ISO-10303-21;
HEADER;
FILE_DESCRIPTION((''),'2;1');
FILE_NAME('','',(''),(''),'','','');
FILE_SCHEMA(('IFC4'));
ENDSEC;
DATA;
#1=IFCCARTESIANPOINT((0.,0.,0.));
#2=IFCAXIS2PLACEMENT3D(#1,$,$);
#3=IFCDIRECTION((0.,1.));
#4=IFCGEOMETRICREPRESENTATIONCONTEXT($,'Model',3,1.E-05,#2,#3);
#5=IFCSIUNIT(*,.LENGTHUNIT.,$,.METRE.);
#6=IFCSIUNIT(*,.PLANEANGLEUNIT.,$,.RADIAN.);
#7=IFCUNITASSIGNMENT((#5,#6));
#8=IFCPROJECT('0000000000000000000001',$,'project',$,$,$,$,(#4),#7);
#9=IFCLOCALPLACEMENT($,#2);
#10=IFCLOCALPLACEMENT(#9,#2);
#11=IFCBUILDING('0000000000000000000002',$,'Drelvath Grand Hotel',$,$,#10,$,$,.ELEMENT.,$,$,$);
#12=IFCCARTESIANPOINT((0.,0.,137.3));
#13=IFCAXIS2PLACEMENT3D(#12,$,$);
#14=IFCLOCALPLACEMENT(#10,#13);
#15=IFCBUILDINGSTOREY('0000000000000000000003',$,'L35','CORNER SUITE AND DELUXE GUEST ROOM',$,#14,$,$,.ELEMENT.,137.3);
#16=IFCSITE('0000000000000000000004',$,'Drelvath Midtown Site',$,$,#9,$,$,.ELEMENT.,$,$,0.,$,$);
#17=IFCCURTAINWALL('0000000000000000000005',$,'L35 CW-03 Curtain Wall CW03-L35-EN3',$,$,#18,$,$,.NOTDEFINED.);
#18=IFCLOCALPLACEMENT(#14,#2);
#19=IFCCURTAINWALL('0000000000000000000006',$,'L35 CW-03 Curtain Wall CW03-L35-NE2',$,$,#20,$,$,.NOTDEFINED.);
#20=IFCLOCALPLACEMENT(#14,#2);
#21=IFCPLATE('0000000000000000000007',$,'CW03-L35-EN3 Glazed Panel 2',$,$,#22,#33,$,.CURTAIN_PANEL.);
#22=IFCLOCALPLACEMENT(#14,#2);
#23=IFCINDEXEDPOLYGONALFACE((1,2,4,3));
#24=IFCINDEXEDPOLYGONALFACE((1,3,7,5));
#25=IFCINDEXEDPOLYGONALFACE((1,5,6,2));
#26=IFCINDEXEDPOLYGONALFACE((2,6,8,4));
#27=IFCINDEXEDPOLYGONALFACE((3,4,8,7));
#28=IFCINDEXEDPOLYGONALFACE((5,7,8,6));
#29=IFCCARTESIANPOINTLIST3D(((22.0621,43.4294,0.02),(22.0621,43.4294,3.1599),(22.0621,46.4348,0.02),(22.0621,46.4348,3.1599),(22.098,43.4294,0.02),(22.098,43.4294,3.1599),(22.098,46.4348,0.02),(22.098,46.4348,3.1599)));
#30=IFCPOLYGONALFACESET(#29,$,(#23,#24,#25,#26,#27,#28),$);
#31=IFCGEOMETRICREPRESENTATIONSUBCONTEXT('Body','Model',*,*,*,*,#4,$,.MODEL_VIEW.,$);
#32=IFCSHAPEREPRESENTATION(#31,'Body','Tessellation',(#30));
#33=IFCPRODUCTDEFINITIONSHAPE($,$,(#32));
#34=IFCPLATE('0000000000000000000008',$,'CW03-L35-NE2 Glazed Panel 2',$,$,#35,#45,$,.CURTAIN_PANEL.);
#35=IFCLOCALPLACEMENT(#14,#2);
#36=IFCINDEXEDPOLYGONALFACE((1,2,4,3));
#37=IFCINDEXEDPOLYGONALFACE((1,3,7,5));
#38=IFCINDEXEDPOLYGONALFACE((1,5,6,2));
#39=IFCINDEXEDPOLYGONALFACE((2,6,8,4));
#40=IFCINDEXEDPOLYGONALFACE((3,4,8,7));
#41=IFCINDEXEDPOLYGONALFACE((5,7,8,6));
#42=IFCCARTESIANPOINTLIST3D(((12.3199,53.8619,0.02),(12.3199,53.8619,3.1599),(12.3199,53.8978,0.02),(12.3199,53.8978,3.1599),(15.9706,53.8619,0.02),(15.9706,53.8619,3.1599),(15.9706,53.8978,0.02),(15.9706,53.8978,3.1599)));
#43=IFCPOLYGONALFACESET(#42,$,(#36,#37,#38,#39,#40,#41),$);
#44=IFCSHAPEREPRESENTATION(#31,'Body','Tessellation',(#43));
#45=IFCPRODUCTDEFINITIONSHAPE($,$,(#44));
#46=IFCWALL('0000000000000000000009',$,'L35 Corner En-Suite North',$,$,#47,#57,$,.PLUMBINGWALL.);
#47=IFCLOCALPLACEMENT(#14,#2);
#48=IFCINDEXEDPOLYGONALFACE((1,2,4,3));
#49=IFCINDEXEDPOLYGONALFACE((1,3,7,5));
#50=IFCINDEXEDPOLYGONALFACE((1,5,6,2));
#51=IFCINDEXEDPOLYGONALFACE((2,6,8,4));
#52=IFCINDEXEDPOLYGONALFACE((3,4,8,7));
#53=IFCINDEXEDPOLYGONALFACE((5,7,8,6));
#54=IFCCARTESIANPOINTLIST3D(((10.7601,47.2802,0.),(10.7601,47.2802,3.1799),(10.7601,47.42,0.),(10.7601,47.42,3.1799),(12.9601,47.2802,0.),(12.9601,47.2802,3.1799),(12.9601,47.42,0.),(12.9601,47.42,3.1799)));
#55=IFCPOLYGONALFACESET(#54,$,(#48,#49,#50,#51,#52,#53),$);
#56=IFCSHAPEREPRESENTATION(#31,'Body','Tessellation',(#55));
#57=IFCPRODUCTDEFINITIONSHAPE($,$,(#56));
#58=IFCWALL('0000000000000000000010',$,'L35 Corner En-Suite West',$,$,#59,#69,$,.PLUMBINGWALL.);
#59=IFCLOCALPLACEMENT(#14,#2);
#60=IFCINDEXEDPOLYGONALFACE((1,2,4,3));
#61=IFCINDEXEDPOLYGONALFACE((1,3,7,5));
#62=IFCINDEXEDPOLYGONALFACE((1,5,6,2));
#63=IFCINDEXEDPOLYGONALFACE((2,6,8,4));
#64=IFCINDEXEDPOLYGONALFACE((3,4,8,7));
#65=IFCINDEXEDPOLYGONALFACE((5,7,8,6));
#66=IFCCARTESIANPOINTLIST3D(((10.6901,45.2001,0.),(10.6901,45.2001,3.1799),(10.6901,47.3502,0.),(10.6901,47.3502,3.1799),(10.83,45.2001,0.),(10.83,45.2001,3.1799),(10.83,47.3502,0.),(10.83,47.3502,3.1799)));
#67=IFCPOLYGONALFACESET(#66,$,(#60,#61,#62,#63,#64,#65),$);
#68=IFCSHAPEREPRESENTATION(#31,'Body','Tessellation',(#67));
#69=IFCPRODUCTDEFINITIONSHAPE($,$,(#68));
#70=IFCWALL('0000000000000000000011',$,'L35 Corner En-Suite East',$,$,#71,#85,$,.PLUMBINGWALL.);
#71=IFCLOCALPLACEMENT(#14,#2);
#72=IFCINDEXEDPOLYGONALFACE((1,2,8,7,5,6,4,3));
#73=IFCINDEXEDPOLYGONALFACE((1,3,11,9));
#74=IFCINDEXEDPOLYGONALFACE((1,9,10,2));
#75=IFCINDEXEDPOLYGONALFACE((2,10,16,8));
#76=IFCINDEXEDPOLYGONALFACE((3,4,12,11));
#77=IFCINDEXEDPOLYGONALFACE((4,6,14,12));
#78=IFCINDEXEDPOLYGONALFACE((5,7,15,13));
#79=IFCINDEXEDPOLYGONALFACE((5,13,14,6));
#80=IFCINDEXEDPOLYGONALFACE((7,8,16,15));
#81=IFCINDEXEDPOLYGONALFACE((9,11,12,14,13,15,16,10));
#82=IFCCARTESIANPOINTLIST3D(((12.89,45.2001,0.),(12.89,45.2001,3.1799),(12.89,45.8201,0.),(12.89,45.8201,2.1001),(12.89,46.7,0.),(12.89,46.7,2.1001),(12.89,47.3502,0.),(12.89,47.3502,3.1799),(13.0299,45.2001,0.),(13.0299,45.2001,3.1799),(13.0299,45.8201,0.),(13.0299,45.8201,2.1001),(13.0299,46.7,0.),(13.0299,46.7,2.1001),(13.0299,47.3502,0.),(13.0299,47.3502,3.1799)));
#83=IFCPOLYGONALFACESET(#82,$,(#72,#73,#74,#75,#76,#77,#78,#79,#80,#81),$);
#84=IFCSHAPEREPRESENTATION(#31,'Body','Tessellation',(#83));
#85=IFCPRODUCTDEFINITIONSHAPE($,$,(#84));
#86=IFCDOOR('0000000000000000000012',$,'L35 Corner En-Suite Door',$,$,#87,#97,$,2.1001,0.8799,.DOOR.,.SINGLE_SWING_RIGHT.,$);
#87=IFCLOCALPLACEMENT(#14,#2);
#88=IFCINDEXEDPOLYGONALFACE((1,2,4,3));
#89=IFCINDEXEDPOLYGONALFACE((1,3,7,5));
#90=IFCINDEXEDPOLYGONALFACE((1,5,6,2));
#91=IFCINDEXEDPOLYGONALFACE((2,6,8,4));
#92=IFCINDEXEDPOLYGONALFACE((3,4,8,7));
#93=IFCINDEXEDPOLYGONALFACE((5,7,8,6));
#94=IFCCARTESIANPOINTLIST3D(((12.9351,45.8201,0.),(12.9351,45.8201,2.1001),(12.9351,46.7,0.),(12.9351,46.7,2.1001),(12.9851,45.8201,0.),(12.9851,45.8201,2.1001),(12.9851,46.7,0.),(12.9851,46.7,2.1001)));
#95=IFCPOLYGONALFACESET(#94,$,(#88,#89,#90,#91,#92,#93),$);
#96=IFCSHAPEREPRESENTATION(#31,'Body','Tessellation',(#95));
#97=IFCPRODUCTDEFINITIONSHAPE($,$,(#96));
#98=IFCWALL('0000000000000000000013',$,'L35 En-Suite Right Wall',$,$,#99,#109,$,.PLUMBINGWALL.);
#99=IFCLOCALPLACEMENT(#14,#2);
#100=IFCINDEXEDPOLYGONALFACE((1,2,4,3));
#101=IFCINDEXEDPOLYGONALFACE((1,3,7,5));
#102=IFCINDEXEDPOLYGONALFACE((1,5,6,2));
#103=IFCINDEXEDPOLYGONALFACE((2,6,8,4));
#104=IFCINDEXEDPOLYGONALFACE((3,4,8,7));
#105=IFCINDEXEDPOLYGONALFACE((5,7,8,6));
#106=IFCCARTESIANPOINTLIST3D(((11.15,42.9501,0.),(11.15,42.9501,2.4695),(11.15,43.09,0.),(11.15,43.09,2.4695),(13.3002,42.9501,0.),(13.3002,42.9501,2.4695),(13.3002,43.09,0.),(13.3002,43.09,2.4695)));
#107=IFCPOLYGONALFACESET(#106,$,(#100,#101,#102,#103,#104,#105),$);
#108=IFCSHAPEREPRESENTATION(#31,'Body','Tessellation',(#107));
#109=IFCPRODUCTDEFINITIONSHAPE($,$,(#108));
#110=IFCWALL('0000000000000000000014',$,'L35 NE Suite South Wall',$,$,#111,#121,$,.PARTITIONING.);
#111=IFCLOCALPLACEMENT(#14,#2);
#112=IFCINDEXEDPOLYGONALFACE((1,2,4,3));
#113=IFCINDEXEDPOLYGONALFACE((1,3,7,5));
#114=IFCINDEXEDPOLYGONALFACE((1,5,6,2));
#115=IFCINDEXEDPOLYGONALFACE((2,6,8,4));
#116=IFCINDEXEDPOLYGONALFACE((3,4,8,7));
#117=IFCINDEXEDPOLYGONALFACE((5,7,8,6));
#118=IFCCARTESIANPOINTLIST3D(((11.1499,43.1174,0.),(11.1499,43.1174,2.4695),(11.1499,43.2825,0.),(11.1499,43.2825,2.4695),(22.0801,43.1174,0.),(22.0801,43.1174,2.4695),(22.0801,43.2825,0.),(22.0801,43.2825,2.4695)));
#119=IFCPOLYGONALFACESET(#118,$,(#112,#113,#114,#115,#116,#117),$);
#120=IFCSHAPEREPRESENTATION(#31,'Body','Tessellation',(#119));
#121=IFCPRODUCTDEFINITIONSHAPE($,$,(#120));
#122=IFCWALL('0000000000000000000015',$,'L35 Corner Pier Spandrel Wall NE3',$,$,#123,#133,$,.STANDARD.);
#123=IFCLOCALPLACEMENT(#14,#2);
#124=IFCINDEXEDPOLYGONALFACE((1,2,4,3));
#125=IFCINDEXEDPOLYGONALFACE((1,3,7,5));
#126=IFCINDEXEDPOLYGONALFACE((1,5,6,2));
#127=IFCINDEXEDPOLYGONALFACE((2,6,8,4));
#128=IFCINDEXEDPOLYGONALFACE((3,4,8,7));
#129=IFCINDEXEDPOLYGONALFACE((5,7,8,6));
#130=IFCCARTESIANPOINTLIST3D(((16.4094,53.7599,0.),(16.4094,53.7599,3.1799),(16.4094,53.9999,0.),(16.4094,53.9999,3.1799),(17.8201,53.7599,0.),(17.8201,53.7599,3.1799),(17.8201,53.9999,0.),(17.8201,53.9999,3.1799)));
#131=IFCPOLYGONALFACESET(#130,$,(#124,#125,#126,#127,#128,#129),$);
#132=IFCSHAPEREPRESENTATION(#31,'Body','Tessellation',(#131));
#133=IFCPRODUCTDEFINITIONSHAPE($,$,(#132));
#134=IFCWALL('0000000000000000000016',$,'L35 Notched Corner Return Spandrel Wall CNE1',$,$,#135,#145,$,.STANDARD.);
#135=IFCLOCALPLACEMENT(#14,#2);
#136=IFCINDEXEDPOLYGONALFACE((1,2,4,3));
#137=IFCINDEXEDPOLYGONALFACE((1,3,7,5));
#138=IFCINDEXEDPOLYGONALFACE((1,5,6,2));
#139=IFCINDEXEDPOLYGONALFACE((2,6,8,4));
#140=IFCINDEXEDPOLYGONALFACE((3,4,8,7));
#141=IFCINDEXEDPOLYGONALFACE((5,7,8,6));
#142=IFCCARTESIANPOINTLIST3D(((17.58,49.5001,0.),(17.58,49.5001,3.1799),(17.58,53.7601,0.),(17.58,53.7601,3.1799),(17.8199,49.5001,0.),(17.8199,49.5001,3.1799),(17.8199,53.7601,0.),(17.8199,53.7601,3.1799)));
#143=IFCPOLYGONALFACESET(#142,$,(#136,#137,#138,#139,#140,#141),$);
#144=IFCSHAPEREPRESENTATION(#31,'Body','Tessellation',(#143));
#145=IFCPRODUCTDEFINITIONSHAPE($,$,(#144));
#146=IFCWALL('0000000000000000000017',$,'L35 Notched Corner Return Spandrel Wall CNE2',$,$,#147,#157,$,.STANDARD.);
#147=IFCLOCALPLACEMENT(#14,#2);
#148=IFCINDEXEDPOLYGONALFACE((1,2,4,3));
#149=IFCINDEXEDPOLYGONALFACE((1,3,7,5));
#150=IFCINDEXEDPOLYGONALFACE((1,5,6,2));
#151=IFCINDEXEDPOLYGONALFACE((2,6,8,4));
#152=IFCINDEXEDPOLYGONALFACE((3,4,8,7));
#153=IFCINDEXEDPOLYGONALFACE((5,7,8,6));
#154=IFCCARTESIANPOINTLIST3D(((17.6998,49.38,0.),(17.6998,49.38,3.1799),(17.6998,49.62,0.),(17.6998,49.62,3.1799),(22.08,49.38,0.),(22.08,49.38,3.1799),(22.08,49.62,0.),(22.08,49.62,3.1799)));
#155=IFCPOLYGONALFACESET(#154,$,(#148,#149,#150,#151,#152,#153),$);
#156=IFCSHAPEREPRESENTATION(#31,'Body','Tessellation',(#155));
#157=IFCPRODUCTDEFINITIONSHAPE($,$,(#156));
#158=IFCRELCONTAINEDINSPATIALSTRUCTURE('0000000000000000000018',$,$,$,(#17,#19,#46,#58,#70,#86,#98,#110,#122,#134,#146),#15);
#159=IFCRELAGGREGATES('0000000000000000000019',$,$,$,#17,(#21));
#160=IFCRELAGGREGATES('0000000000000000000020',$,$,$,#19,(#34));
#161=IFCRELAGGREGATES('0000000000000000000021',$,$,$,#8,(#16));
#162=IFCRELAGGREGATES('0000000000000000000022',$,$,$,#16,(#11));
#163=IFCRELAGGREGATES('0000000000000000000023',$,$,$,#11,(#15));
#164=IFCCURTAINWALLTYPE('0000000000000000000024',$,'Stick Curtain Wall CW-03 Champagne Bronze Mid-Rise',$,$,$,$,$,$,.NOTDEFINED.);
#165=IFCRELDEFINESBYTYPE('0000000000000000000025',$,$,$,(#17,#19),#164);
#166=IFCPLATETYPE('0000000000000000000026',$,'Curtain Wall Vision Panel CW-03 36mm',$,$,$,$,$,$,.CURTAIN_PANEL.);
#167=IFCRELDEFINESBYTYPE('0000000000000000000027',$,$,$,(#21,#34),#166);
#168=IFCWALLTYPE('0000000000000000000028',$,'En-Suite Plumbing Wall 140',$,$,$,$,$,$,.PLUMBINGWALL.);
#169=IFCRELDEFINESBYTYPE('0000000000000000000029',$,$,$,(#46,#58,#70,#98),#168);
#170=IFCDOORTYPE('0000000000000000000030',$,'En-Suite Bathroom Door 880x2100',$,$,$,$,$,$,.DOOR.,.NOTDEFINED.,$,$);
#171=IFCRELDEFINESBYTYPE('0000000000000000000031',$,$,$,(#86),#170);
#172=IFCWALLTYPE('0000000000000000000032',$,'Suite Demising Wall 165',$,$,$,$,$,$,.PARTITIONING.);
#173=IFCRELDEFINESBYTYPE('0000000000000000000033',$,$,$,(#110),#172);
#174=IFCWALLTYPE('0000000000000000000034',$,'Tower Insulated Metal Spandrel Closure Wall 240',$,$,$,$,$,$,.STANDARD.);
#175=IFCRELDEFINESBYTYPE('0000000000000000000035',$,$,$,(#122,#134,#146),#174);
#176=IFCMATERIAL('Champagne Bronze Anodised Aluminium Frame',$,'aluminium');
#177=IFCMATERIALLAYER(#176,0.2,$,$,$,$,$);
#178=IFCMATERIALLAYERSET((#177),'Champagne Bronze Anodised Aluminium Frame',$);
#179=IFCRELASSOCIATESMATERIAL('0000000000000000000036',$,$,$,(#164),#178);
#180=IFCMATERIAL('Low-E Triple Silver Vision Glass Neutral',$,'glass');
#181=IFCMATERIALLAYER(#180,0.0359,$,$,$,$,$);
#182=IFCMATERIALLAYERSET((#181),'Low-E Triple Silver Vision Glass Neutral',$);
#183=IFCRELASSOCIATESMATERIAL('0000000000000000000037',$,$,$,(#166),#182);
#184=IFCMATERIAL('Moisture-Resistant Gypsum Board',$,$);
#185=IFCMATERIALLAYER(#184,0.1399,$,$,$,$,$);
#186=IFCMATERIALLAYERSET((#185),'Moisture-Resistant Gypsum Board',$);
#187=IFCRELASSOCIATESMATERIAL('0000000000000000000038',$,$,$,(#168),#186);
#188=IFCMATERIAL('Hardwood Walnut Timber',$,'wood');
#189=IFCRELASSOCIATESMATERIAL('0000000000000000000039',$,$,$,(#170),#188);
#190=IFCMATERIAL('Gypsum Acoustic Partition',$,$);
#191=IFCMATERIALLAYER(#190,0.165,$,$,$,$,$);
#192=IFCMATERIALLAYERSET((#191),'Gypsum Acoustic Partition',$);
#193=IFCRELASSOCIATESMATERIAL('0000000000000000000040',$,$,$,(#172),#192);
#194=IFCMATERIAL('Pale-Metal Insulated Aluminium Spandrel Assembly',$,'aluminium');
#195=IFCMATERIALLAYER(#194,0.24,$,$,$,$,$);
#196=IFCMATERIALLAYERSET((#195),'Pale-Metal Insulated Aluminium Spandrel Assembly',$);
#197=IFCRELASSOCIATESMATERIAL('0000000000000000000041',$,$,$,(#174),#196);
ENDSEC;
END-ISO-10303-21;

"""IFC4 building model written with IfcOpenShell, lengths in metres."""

from ifc_helpers import new_model, si_unit, direction, frame, frame_2d, origin, origin_2d, place, context, subcontext, project, spatial, rectangle, extrude, material, layer, layer_set, type_object, element, fill, aggregate, save


model = new_model("IFC4")

# Units and contexts
model_context = context("Model", 3, precision=1e-05, world=origin(), true_north=direction((0.0, 1.0)))
body_context = subcontext(model_context, "Body", "Model", "MODEL_VIEW")
ifc_project = project(units=[si_unit("LENGTHUNIT", "METRE"), si_unit("PLANEANGLEUNIT", "RADIAN")], contexts=[model_context])

# Site, building, storey
site_placement = place(None, origin())
site = spatial("IfcSite", under=ifc_project, at=site_placement, Name="Drelvath Midtown Site", CompositionType="ELEMENT", RefElevation=0.0)
building_placement = place(site_placement, origin())
building = spatial("IfcBuilding", under=site, at=building_placement, Name="Drelvath Grand Hotel", CompositionType="ELEMENT")
storey_placement = place(building_placement, frame((0.0, 0.0, 137.3)))
storey = spatial("IfcBuildingStorey", under=building, at=storey_placement, Name="L35", Description="CORNER SUITE AND DELUXE GUEST ROOM", CompositionType="ELEMENT", Elevation=137.3)

# Curtain wall
ifc_material_1 = material(Name="Champagne Bronze Anodised Aluminium Frame", Category="aluminium")
ifc_layer_1 = layer(ifc_material_1, 0.2)
ifc_layer_set_1 = layer_set([ifc_layer_1], Name="Champagne Bronze Anodised Aluminium Frame")
curtain_wall_type = type_object("IfcCurtainWallType", Name="Stick Curtain Wall CW-03 Champagne Bronze Mid-Rise", PredefinedType="NOTDEFINED", material=ifc_layer_set_1)
curtain_wall_1_placement = place(storey_placement, origin())
curtain_wall_1 = element("IfcCurtainWall", 1, at=curtain_wall_1_placement, inside=storey, type_object=curtain_wall_type, Name="L35 CW-03 Curtain Wall CW03-L35-EN3", PredefinedType="NOTDEFINED")

# Curtain wall
curtain_wall_2_placement = place(storey_placement, origin())
curtain_wall_2 = element("IfcCurtainWall", 2, at=curtain_wall_2_placement, inside=storey, type_object=curtain_wall_type, Name="L35 CW-03 Curtain Wall CW03-L35-NE2", PredefinedType="NOTDEFINED")

# Plates
ifc_material_2 = material(Name="Low-E Triple Silver Vision Glass Neutral", Category="glass")
ifc_layer_2 = layer(ifc_material_2, 0.0359)
ifc_layer_set_2 = layer_set([ifc_layer_2], Name="Low-E Triple Silver Vision Glass Neutral")
plate_type = type_object("IfcPlateType", Name="Curtain Wall Vision Panel CW-03 36mm", PredefinedType="CURTAIN_PANEL", material=ifc_layer_set_2)
plate_1_placement = place(storey_placement, frame((22.0801, 44.9321, 0.02), z_axis=(0.0, 0.0, 1.0), x_axis=(0.0, -1.0, 0.0)))
plate_1 = element("IfcPlate", 3, at=plate_1_placement, type_object=plate_type, Name="CW03-L35-EN3 Glazed Panel 2", PredefinedType="CURTAIN_PANEL", context=body_context, shape_type="SweptSolid", body=[
    extrude(rectangle(XDim=3.0054, YDim=0.0359, at=origin_2d()), origin(), (0.0, 0.0, 1.0), 3.1399),
])
aggregate(curtain_wall_1, [plate_1])
plate_2_placement = place(storey_placement, frame((14.1453, 53.8799, 0.02), z_axis=(0.0, 0.0, 1.0), x_axis=(1.0, 0.0, 0.0)))
plate_2 = element("IfcPlate", 4, at=plate_2_placement, type_object=plate_type, Name="CW03-L35-NE2 Glazed Panel 2", PredefinedType="CURTAIN_PANEL", context=body_context, shape_type="SweptSolid", body=[
    extrude(rectangle(XDim=3.6506, YDim=0.0359, at=origin_2d()), origin(), (0.0, 0.0, 1.0), 3.1399),
])
aggregate(curtain_wall_2, [plate_2])

# Walls
ifc_material_3 = material(Name="Moisture-Resistant Gypsum Board")
ifc_layer_3 = layer(ifc_material_3, 0.1399)
ifc_layer_set_3 = layer_set([ifc_layer_3], Name="Moisture-Resistant Gypsum Board")
wall_type_1 = type_object("IfcWallType", Name="En-Suite Plumbing Wall 140", PredefinedType="PLUMBINGWALL", material=ifc_layer_set_3)
wall_1_placement = place(storey_placement, frame((10.76, 47.3501, 0.0), z_axis=(0.0, 0.0, 1.0), x_axis=(1.0, 0.0, 0.0)))
element("IfcWall", 5, at=wall_1_placement, inside=storey, type_object=wall_type_1, Name="L35 Corner En-Suite North", PredefinedType="PLUMBINGWALL", context=body_context, shape_type="SweptSolid", body=[
    extrude(rectangle(XDim=2.2, YDim=0.1399, at=frame_2d((1.1001, 0.0))), origin(), (0.0, 0.0, 1.0), 3.1799),
])
wall_2_placement = place(storey_placement, frame((10.76, 45.2, 0.0), z_axis=(0.0, 0.0, 1.0), x_axis=(0.0, 1.0, 0.0)))
element("IfcWall", 6, at=wall_2_placement, inside=storey, type_object=wall_type_1, Name="L35 Corner En-Suite West", PredefinedType="PLUMBINGWALL", context=body_context, shape_type="SweptSolid", body=[
    extrude(rectangle(XDim=2.1501, YDim=0.1399, at=frame_2d((1.0752, 0.0))), origin(), (0.0, 0.0, 1.0), 3.1799),
])

# Wall, opening, door
wall_3_placement = place(storey_placement, frame((12.96, 45.2, 0.0), z_axis=(0.0, 0.0, 1.0), x_axis=(0.0, 1.0, 0.0)))
wall_3 = element("IfcWall", 7, at=wall_3_placement, inside=storey, type_object=wall_type_1, Name="L35 Corner En-Suite East", PredefinedType="PLUMBINGWALL", context=body_context, shape_type="SweptSolid", body=[
    extrude(rectangle(XDim=2.1501, YDim=0.1399, at=frame_2d((1.0752, 0.0))), origin(), (0.0, 0.0, 1.0), 3.1799),
])
opening_placement = place(wall_3_placement, frame((0.6201, 0.0, 0.0)))
opening = element("IfcOpeningElement", 8, at=opening_placement, cuts=wall_3, PredefinedType="OPENING", context=body_context, shape_type="SweptSolid", body=[
    extrude(rectangle(XDim=0.8799, YDim=2.1001, at=frame_2d((0.4399, 1.05))), frame((0.0, 0.0798, 0.0), z_axis=(0.0, -1.0, 0.0), x_axis=(1.0, 0.0, 0.0)), (0.0, 0.0, 1.0), 0.1599),
])
ifc_material_4 = material(Name="Hardwood Walnut Timber", Category="wood")
door_type = type_object("IfcDoorType", Name="En-Suite Bathroom Door 880x2100", OperationType="NOTDEFINED", PredefinedType="DOOR", material=ifc_material_4)
door_placement = place(opening_placement, origin())
door = element("IfcDoor", 9, at=door_placement, inside=storey, type_object=door_type, Name="L35 Corner En-Suite Door", OperationType="SINGLE_SWING_RIGHT", OverallHeight=2.1001, OverallWidth=0.8799, PredefinedType="DOOR", context=body_context, shape_type="SweptSolid", body=[
    extrude(rectangle(XDim=0.8799, YDim=2.1001, at=frame_2d((0.4399, 1.05))), frame((0.0, 0.0249, 0.0), z_axis=(0.0, -1.0, 0.0), x_axis=(1.0, 0.0, 0.0)), (0.0, 0.0, 1.0), 0.05),
])
fill(opening, door)

# Walls
wall_4_placement = place(storey_placement, frame((11.1499, 43.02, 0.0), z_axis=(0.0, 0.0, 1.0), x_axis=(1.0, 0.0, 0.0)))
element("IfcWall", 10, at=wall_4_placement, inside=storey, type_object=wall_type_1, Name="L35 En-Suite Right Wall", PredefinedType="PLUMBINGWALL", context=body_context, shape_type="SweptSolid", body=[
    extrude(rectangle(XDim=2.1501, YDim=0.1399, at=frame_2d((1.0752, 0.0))), origin(), (0.0, 0.0, 1.0), 2.4695),
])
ifc_material_5 = material(Name="Gypsum Acoustic Partition")
ifc_layer_4 = layer(ifc_material_5, 0.165)
ifc_layer_set_4 = layer_set([ifc_layer_4], Name="Gypsum Acoustic Partition")
wall_type_2 = type_object("IfcWallType", Name="Suite Demising Wall 165", PredefinedType="PARTITIONING", material=ifc_layer_set_4)
wall_5_placement = place(storey_placement, frame((11.1499, 43.2, 0.0), z_axis=(0.0, 0.0, 1.0), x_axis=(1.0, 0.0, 0.0)))
element("IfcWall", 11, at=wall_5_placement, inside=storey, type_object=wall_type_2, Name="L35 NE Suite South Wall", PredefinedType="PARTITIONING", context=body_context, shape_type="SweptSolid", body=[
    extrude(rectangle(XDim=10.9302, YDim=0.165, at=frame_2d((5.4651, 0.0))), origin(), (0.0, 0.0, 1.0), 2.4695),
])
ifc_material_6 = material(Name="Pale-Metal Insulated Aluminium Spandrel Assembly", Category="aluminium")
ifc_layer_5 = layer(ifc_material_6, 0.24)
ifc_layer_set_5 = layer_set([ifc_layer_5], Name="Pale-Metal Insulated Aluminium Spandrel Assembly")
wall_type_3 = type_object("IfcWallType", Name="Tower Insulated Metal Spandrel Closure Wall 240", PredefinedType="STANDARD", material=ifc_layer_set_5)
wall_6_placement = place(storey_placement, frame((16.4094, 53.8799, 0.0), z_axis=(0.0, 0.0, 1.0), x_axis=(1.0, 0.0, 0.0)))
element("IfcWall", 12, at=wall_6_placement, inside=storey, type_object=wall_type_3, Name="L35 Corner Pier Spandrel Wall NE3", PredefinedType="STANDARD", context=body_context, shape_type="SweptSolid", body=[
    extrude(rectangle(XDim=1.4106, YDim=0.24, at=frame_2d((0.7053, 0.0))), origin(), (0.0, 0.0, 1.0), 3.1799),
])
wall_7_placement = place(storey_placement, frame((17.7, 53.76, 0.0), z_axis=(0.0, 0.0, 1.0), x_axis=(0.0, -1.0, 0.0)))
element("IfcWall", 13, at=wall_7_placement, inside=storey, type_object=wall_type_3, Name="L35 Notched Corner Return Spandrel Wall CNE1", PredefinedType="STANDARD", context=body_context, shape_type="SweptSolid", body=[
    extrude(rectangle(XDim=4.26, YDim=0.24, at=frame_2d((2.1299, 0.0))), origin(), (0.0, 0.0, 1.0), 3.1799),
])
wall_8_placement = place(storey_placement, frame((17.7, 49.5, 0.0), z_axis=(0.0, 0.0, 1.0), x_axis=(1.0, 0.0, 0.0)))
element("IfcWall", 14, at=wall_8_placement, inside=storey, type_object=wall_type_3, Name="L35 Notched Corner Return Spandrel Wall CNE2", PredefinedType="STANDARD", context=body_context, shape_type="SweptSolid", body=[
    extrude(rectangle(XDim=4.3801, YDim=0.24, at=frame_2d((2.1899, 0.0))), origin(), (0.0, 0.0, 1.0), 3.1799),
])

save(model, "model.ifc")
